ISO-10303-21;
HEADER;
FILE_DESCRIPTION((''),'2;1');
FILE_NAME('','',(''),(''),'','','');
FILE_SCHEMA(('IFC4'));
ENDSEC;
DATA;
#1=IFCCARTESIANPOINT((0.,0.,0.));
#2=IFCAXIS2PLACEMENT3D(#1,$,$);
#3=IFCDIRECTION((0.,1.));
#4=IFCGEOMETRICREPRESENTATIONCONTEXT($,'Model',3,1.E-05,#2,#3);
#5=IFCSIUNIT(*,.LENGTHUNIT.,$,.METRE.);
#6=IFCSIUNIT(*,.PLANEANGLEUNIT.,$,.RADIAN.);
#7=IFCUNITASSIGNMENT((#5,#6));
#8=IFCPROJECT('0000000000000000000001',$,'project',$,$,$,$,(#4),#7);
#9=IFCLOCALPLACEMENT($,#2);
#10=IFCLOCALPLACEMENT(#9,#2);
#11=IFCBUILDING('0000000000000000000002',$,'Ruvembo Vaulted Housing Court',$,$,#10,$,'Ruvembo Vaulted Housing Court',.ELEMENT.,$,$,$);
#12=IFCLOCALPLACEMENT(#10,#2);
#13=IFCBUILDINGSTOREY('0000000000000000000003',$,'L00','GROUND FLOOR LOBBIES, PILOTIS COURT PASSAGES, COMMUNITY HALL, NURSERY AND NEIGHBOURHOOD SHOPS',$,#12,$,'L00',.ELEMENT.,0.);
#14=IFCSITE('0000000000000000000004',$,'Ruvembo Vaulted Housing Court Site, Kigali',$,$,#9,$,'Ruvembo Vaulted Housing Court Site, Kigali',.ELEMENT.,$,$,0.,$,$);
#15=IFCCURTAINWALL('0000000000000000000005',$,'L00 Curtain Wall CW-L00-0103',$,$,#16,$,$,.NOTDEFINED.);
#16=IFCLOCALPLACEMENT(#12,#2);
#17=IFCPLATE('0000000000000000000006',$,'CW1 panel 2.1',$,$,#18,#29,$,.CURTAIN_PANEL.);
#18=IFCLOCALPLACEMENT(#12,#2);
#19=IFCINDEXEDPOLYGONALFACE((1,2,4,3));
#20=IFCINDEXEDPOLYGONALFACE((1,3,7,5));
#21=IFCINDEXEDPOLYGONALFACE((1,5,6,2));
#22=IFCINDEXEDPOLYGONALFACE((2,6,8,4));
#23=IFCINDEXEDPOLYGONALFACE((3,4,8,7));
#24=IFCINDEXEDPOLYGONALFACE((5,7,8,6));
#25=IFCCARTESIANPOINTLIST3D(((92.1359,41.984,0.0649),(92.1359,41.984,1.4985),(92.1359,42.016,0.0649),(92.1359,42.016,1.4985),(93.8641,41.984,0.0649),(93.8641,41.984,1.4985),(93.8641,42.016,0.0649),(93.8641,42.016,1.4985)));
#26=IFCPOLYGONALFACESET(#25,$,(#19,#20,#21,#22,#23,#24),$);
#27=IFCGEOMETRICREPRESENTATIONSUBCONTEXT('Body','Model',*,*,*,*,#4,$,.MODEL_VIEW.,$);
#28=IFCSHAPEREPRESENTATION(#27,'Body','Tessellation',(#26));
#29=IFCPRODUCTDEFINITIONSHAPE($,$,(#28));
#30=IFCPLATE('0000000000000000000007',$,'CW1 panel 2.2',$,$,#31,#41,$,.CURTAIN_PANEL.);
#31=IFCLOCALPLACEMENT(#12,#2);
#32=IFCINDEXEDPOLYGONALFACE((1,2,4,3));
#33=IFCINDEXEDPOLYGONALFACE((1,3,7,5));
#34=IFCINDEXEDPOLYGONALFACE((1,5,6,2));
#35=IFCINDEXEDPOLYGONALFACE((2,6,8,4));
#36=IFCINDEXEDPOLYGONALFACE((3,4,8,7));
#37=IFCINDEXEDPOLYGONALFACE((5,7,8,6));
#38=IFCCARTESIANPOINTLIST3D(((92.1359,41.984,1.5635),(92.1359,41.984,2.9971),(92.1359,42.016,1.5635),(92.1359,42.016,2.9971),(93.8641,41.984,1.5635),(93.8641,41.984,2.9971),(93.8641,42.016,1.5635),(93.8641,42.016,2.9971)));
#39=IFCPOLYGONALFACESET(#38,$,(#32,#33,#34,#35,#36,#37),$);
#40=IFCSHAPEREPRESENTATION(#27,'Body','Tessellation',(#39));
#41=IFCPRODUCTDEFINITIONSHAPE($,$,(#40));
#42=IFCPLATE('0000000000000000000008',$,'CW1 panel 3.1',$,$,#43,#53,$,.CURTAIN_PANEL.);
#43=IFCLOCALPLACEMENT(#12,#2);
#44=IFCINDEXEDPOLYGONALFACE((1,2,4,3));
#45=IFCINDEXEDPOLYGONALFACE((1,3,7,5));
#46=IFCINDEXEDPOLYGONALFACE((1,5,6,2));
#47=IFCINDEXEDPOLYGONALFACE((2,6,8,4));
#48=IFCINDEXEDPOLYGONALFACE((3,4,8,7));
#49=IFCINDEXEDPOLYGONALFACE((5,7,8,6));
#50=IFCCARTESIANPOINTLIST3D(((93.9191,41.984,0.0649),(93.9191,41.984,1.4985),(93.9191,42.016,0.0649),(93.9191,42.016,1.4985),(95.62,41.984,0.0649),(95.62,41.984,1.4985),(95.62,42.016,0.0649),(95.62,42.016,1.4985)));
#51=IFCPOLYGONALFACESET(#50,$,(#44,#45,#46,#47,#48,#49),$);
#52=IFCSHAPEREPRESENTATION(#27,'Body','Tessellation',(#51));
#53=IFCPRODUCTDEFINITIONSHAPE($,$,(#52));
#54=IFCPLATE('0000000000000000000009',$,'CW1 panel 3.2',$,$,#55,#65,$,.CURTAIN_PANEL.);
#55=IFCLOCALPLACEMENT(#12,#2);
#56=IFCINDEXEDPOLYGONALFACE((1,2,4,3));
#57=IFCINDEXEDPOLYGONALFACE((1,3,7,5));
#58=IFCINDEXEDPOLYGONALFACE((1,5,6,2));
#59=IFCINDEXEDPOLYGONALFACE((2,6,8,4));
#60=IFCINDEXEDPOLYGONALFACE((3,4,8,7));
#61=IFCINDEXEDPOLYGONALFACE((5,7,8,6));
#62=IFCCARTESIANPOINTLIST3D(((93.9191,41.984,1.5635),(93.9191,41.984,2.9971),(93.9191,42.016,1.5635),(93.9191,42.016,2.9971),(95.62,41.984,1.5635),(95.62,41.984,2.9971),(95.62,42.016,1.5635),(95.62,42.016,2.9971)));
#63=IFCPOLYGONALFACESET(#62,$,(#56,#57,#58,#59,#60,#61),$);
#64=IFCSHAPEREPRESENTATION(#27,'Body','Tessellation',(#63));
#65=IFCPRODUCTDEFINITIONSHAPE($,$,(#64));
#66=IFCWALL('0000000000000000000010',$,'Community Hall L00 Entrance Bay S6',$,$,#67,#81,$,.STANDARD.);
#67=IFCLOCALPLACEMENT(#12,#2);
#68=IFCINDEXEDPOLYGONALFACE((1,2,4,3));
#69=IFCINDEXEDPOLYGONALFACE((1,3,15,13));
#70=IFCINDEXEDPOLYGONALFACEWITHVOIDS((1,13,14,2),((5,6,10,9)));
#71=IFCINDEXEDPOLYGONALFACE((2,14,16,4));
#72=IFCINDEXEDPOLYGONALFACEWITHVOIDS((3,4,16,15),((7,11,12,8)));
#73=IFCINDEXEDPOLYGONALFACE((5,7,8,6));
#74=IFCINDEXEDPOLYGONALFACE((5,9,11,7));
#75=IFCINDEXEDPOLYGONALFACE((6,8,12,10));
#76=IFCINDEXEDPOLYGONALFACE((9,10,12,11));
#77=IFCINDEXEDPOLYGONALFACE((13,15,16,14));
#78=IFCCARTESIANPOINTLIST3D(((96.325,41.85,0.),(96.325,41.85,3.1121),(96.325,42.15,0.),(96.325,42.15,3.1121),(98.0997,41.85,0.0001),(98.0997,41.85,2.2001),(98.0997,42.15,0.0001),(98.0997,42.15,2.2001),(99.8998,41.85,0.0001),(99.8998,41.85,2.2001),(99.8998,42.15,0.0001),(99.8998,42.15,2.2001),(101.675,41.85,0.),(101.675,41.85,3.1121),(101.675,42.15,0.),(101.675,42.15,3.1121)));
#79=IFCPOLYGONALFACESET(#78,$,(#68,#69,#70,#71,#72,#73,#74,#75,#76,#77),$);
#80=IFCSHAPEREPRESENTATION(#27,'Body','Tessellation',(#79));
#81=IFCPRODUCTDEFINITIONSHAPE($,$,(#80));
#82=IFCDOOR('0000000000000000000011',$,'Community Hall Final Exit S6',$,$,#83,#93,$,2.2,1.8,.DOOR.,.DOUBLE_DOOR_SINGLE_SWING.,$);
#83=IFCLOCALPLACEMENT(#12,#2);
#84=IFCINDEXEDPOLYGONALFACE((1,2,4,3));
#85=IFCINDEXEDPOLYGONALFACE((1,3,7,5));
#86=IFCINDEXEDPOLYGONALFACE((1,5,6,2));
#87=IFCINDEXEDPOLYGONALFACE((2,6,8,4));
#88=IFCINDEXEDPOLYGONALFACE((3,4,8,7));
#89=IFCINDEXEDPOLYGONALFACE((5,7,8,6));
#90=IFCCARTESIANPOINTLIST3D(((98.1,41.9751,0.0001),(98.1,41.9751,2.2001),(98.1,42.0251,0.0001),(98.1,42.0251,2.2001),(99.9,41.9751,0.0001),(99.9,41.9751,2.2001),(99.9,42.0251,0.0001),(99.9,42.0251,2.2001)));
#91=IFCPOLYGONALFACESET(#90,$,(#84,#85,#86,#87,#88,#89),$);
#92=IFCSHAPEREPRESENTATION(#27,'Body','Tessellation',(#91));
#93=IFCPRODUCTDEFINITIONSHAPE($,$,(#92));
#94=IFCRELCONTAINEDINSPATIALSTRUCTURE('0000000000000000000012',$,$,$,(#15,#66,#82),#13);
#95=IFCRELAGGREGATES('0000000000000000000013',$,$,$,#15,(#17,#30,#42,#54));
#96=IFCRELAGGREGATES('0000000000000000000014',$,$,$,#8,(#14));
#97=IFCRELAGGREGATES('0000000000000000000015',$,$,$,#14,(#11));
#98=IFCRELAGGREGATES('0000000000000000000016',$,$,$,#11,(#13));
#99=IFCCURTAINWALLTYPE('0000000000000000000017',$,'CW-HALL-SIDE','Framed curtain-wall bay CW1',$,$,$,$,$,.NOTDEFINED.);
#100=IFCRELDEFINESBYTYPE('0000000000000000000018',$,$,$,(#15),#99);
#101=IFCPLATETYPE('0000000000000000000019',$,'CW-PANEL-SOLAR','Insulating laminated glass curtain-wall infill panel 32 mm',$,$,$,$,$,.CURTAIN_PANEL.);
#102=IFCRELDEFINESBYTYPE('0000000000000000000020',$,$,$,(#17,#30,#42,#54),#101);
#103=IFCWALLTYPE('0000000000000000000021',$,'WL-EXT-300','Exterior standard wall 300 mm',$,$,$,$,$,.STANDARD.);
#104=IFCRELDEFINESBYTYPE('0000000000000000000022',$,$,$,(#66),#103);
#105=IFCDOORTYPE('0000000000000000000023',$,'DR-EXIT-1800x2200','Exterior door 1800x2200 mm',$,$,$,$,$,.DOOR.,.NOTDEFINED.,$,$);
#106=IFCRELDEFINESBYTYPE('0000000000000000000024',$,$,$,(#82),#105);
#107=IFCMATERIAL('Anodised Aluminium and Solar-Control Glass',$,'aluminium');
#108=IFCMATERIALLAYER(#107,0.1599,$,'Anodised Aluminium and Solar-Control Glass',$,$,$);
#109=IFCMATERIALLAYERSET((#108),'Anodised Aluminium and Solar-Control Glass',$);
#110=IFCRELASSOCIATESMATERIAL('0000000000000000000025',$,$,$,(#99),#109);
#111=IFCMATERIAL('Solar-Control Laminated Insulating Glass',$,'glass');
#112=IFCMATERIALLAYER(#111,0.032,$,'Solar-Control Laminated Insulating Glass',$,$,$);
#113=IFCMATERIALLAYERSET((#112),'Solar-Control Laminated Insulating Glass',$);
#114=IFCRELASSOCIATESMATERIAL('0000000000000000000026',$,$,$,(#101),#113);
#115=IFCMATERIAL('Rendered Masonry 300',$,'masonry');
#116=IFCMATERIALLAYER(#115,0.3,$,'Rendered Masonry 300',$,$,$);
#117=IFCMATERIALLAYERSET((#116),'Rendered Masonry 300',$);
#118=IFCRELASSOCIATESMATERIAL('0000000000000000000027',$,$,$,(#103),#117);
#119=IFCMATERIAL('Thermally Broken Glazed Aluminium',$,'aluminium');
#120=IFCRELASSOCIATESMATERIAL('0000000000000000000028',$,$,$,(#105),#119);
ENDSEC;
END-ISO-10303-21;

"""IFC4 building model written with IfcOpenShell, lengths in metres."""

from ifc_helpers import new_model, si_unit, direction, frame, frame_2d, origin, origin_2d, place, context, subcontext, project, spatial, rectangle, extrude, material, layer, layer_set, type_object, element, fill, aggregate, save


model = new_model("IFC4")

# Units and contexts
model_context = context("Model", 3, precision=1e-05, world=origin(), true_north=direction((0.0, 1.0)))
body_context = subcontext(model_context, "Body", "Model", "MODEL_VIEW")
ifc_project = project(units=[si_unit("LENGTHUNIT", "METRE"), si_unit("PLANEANGLEUNIT", "RADIAN")], contexts=[model_context])

# Site, building, storey
site_placement = place(None, origin())
site = spatial("IfcSite", under=ifc_project, at=site_placement, Name="Ruvembo Vaulted Housing Court Site, Kigali", LongName="Ruvembo Vaulted Housing Court Site, Kigali", CompositionType="ELEMENT", RefElevation=0.0)
building_placement = place(site_placement, origin())
building = spatial("IfcBuilding", under=site, at=building_placement, Name="Ruvembo Vaulted Housing Court", LongName="Ruvembo Vaulted Housing Court", CompositionType="ELEMENT")
storey_placement = place(building_placement, origin())
storey = spatial("IfcBuildingStorey", under=building, at=storey_placement, Name="L00", Description="GROUND FLOOR LOBBIES, PILOTIS COURT PASSAGES, COMMUNITY HALL, NURSERY AND NEIGHBOURHOOD SHOPS", LongName="L00", CompositionType="ELEMENT", Elevation=0.0)

# Curtain wall
ifc_material_1 = material(Name="Anodised Aluminium and Solar-Control Glass", Category="aluminium")
ifc_layer_1 = layer(ifc_material_1, 0.1599, Name="Anodised Aluminium and Solar-Control Glass")
ifc_layer_set_1 = layer_set([ifc_layer_1], Name="Anodised Aluminium and Solar-Control Glass")
curtain_wall_type = type_object("IfcCurtainWallType", Name="CW-HALL-SIDE", Description="Framed curtain-wall bay CW1", PredefinedType="NOTDEFINED", material=ifc_layer_set_1)
curtain_wall_1_placement = place(storey_placement, origin())
curtain_wall_1 = element("IfcCurtainWall", 1, at=curtain_wall_1_placement, inside=storey, type_object=curtain_wall_type, Name="L00 Curtain Wall CW-L00-0103", PredefinedType="NOTDEFINED")

# Plates
ifc_material_2 = material(Name="Solar-Control Laminated Insulating Glass", Category="glass")
ifc_layer_2 = layer(ifc_material_2, 0.032, Name="Solar-Control Laminated Insulating Glass")
ifc_layer_set_2 = layer_set([ifc_layer_2], Name="Solar-Control Laminated Insulating Glass")
plate_type_1 = type_object("IfcPlateType", Name="CW-PANEL-SOLAR", Description="Insulating laminated glass curtain-wall infill panel 32 mm", PredefinedType="CURTAIN_PANEL", material=ifc_layer_set_2)
plate_1_placement = place(storey_placement, frame((93.0, 42.0, 0.0649), z_axis=(0.0, 0.0, 1.0), x_axis=(1.0, 0.0, 0.0)))
plate_1 = element("IfcPlate", 2, at=plate_1_placement, type_object=plate_type_1, Name="CW1 panel 2.1", PredefinedType="CURTAIN_PANEL", context=body_context, shape_type="SweptSolid", body=[
    extrude(rectangle(XDim=1.7283, YDim=0.032, at=origin_2d()), origin(), (0.0, 0.0, 1.0), 1.4336),
])
plate_2_placement = place(storey_placement, frame((93.0, 42.0, 1.5635), z_axis=(0.0, 0.0, 1.0), x_axis=(1.0, 0.0, 0.0)))
plate_2 = element("IfcPlate", 3, at=plate_2_placement, type_object=plate_type_1, Name="CW1 panel 2.2", PredefinedType="CURTAIN_PANEL", context=body_context, shape_type="SweptSolid", body=[
    extrude(rectangle(XDim=1.7283, YDim=0.032, at=origin_2d()), origin(), (0.0, 0.0, 1.0), 1.4336),
])
plate_3_placement = place(storey_placement, frame((94.7695, 42.0, 0.0649), z_axis=(0.0, 0.0, 1.0), x_axis=(1.0, 0.0, 0.0)))
plate_3 = element("IfcPlate", 4, at=plate_3_placement, type_object=plate_type_1, Name="CW1 panel 3.1", PredefinedType="CURTAIN_PANEL", context=body_context, shape_type="SweptSolid", body=[
    extrude(rectangle(XDim=1.7009, YDim=0.032, at=origin_2d()), origin(), (0.0, 0.0, 1.0), 1.4336),
])
plate_4_placement = place(storey_placement, frame((94.7695, 42.0, 1.5635), z_axis=(0.0, 0.0, 1.0), x_axis=(1.0, 0.0, 0.0)))
plate_4 = element("IfcPlate", 5, at=plate_4_placement, type_object=plate_type_1, Name="CW1 panel 3.2", PredefinedType="CURTAIN_PANEL", context=body_context, shape_type="SweptSolid", body=[
    extrude(rectangle(XDim=1.7009, YDim=0.032, at=origin_2d()), origin(), (0.0, 0.0, 1.0), 1.4336),
])
aggregate(curtain_wall_1, [plate_1, plate_2, plate_3, plate_4])

# Wall, opening, door
ifc_material_3 = material(Name="Rendered Masonry 300", Category="masonry")
ifc_layer_3 = layer(ifc_material_3, 0.3, Name="Rendered Masonry 300")
ifc_layer_set_3 = layer_set([ifc_layer_3], Name="Rendered Masonry 300")
wall_type = type_object("IfcWallType", Name="WL-EXT-300", Description="Exterior standard wall 300 mm", PredefinedType="STANDARD", material=ifc_layer_set_3)
wall_placement = place(storey_placement, frame((96.325, 42.0, 0.0), z_axis=(0.0, 0.0, 1.0), x_axis=(1.0, 0.0, 0.0)))
wall = element("IfcWall", 6, at=wall_placement, inside=storey, type_object=wall_type, Name="Community Hall L00 Entrance Bay S6", PredefinedType="STANDARD", context=body_context, shape_type="SweptSolid", body=[
    extrude(rectangle(XDim=5.3501, YDim=0.3, at=frame_2d((2.675, 0.0))), origin(), (0.0, 0.0, 1.0), 3.1121),
])
opening_placement = place(wall_placement, frame((1.7749, 0.0, 0.0)))
opening = element("IfcOpeningElement", 7, at=opening_placement, cuts=wall, PredefinedType="OPENING", context=body_context, shape_type="SweptSolid", body=[
    extrude(rectangle(XDim=1.8, YDim=2.2, at=frame_2d((0.8999, 1.1001))), frame((0.0, 0.1599, 0.0), z_axis=(0.0, -1.0, 0.0), x_axis=(1.0, 0.0, 0.0)), (0.0, 0.0, 1.0), 0.3201),
])
ifc_material_4 = material(Name="Thermally Broken Glazed Aluminium", Category="aluminium")
door_type = type_object("IfcDoorType", Name="DR-EXIT-1800x2200", Description="Exterior door 1800x2200 mm", OperationType="NOTDEFINED", PredefinedType="DOOR", material=ifc_material_4)
door_placement = place(opening_placement, frame((1.8, 0.0, 0.0), z_axis=(0.0, 0.0, 1.0), x_axis=(-1.0, 0.0, 0.0)))
door = element("IfcDoor", 8, at=door_placement, inside=storey, type_object=door_type, Name="Community Hall Final Exit S6", OperationType="DOUBLE_DOOR_SINGLE_SWING", OverallHeight=2.2, OverallWidth=1.8, PredefinedType="DOOR", context=body_context, shape_type="SweptSolid", body=[
    extrude(rectangle(XDim=1.8, YDim=2.2, at=frame_2d((0.8999, 1.1001))), frame((0.0, 0.0249, 0.0), z_axis=(0.0, -1.0, 0.0), x_axis=(1.0, 0.0, 0.0)), (0.0, 0.0, 1.0), 0.05),
])
fill(opening, door)

save(model, "model.ifc")
